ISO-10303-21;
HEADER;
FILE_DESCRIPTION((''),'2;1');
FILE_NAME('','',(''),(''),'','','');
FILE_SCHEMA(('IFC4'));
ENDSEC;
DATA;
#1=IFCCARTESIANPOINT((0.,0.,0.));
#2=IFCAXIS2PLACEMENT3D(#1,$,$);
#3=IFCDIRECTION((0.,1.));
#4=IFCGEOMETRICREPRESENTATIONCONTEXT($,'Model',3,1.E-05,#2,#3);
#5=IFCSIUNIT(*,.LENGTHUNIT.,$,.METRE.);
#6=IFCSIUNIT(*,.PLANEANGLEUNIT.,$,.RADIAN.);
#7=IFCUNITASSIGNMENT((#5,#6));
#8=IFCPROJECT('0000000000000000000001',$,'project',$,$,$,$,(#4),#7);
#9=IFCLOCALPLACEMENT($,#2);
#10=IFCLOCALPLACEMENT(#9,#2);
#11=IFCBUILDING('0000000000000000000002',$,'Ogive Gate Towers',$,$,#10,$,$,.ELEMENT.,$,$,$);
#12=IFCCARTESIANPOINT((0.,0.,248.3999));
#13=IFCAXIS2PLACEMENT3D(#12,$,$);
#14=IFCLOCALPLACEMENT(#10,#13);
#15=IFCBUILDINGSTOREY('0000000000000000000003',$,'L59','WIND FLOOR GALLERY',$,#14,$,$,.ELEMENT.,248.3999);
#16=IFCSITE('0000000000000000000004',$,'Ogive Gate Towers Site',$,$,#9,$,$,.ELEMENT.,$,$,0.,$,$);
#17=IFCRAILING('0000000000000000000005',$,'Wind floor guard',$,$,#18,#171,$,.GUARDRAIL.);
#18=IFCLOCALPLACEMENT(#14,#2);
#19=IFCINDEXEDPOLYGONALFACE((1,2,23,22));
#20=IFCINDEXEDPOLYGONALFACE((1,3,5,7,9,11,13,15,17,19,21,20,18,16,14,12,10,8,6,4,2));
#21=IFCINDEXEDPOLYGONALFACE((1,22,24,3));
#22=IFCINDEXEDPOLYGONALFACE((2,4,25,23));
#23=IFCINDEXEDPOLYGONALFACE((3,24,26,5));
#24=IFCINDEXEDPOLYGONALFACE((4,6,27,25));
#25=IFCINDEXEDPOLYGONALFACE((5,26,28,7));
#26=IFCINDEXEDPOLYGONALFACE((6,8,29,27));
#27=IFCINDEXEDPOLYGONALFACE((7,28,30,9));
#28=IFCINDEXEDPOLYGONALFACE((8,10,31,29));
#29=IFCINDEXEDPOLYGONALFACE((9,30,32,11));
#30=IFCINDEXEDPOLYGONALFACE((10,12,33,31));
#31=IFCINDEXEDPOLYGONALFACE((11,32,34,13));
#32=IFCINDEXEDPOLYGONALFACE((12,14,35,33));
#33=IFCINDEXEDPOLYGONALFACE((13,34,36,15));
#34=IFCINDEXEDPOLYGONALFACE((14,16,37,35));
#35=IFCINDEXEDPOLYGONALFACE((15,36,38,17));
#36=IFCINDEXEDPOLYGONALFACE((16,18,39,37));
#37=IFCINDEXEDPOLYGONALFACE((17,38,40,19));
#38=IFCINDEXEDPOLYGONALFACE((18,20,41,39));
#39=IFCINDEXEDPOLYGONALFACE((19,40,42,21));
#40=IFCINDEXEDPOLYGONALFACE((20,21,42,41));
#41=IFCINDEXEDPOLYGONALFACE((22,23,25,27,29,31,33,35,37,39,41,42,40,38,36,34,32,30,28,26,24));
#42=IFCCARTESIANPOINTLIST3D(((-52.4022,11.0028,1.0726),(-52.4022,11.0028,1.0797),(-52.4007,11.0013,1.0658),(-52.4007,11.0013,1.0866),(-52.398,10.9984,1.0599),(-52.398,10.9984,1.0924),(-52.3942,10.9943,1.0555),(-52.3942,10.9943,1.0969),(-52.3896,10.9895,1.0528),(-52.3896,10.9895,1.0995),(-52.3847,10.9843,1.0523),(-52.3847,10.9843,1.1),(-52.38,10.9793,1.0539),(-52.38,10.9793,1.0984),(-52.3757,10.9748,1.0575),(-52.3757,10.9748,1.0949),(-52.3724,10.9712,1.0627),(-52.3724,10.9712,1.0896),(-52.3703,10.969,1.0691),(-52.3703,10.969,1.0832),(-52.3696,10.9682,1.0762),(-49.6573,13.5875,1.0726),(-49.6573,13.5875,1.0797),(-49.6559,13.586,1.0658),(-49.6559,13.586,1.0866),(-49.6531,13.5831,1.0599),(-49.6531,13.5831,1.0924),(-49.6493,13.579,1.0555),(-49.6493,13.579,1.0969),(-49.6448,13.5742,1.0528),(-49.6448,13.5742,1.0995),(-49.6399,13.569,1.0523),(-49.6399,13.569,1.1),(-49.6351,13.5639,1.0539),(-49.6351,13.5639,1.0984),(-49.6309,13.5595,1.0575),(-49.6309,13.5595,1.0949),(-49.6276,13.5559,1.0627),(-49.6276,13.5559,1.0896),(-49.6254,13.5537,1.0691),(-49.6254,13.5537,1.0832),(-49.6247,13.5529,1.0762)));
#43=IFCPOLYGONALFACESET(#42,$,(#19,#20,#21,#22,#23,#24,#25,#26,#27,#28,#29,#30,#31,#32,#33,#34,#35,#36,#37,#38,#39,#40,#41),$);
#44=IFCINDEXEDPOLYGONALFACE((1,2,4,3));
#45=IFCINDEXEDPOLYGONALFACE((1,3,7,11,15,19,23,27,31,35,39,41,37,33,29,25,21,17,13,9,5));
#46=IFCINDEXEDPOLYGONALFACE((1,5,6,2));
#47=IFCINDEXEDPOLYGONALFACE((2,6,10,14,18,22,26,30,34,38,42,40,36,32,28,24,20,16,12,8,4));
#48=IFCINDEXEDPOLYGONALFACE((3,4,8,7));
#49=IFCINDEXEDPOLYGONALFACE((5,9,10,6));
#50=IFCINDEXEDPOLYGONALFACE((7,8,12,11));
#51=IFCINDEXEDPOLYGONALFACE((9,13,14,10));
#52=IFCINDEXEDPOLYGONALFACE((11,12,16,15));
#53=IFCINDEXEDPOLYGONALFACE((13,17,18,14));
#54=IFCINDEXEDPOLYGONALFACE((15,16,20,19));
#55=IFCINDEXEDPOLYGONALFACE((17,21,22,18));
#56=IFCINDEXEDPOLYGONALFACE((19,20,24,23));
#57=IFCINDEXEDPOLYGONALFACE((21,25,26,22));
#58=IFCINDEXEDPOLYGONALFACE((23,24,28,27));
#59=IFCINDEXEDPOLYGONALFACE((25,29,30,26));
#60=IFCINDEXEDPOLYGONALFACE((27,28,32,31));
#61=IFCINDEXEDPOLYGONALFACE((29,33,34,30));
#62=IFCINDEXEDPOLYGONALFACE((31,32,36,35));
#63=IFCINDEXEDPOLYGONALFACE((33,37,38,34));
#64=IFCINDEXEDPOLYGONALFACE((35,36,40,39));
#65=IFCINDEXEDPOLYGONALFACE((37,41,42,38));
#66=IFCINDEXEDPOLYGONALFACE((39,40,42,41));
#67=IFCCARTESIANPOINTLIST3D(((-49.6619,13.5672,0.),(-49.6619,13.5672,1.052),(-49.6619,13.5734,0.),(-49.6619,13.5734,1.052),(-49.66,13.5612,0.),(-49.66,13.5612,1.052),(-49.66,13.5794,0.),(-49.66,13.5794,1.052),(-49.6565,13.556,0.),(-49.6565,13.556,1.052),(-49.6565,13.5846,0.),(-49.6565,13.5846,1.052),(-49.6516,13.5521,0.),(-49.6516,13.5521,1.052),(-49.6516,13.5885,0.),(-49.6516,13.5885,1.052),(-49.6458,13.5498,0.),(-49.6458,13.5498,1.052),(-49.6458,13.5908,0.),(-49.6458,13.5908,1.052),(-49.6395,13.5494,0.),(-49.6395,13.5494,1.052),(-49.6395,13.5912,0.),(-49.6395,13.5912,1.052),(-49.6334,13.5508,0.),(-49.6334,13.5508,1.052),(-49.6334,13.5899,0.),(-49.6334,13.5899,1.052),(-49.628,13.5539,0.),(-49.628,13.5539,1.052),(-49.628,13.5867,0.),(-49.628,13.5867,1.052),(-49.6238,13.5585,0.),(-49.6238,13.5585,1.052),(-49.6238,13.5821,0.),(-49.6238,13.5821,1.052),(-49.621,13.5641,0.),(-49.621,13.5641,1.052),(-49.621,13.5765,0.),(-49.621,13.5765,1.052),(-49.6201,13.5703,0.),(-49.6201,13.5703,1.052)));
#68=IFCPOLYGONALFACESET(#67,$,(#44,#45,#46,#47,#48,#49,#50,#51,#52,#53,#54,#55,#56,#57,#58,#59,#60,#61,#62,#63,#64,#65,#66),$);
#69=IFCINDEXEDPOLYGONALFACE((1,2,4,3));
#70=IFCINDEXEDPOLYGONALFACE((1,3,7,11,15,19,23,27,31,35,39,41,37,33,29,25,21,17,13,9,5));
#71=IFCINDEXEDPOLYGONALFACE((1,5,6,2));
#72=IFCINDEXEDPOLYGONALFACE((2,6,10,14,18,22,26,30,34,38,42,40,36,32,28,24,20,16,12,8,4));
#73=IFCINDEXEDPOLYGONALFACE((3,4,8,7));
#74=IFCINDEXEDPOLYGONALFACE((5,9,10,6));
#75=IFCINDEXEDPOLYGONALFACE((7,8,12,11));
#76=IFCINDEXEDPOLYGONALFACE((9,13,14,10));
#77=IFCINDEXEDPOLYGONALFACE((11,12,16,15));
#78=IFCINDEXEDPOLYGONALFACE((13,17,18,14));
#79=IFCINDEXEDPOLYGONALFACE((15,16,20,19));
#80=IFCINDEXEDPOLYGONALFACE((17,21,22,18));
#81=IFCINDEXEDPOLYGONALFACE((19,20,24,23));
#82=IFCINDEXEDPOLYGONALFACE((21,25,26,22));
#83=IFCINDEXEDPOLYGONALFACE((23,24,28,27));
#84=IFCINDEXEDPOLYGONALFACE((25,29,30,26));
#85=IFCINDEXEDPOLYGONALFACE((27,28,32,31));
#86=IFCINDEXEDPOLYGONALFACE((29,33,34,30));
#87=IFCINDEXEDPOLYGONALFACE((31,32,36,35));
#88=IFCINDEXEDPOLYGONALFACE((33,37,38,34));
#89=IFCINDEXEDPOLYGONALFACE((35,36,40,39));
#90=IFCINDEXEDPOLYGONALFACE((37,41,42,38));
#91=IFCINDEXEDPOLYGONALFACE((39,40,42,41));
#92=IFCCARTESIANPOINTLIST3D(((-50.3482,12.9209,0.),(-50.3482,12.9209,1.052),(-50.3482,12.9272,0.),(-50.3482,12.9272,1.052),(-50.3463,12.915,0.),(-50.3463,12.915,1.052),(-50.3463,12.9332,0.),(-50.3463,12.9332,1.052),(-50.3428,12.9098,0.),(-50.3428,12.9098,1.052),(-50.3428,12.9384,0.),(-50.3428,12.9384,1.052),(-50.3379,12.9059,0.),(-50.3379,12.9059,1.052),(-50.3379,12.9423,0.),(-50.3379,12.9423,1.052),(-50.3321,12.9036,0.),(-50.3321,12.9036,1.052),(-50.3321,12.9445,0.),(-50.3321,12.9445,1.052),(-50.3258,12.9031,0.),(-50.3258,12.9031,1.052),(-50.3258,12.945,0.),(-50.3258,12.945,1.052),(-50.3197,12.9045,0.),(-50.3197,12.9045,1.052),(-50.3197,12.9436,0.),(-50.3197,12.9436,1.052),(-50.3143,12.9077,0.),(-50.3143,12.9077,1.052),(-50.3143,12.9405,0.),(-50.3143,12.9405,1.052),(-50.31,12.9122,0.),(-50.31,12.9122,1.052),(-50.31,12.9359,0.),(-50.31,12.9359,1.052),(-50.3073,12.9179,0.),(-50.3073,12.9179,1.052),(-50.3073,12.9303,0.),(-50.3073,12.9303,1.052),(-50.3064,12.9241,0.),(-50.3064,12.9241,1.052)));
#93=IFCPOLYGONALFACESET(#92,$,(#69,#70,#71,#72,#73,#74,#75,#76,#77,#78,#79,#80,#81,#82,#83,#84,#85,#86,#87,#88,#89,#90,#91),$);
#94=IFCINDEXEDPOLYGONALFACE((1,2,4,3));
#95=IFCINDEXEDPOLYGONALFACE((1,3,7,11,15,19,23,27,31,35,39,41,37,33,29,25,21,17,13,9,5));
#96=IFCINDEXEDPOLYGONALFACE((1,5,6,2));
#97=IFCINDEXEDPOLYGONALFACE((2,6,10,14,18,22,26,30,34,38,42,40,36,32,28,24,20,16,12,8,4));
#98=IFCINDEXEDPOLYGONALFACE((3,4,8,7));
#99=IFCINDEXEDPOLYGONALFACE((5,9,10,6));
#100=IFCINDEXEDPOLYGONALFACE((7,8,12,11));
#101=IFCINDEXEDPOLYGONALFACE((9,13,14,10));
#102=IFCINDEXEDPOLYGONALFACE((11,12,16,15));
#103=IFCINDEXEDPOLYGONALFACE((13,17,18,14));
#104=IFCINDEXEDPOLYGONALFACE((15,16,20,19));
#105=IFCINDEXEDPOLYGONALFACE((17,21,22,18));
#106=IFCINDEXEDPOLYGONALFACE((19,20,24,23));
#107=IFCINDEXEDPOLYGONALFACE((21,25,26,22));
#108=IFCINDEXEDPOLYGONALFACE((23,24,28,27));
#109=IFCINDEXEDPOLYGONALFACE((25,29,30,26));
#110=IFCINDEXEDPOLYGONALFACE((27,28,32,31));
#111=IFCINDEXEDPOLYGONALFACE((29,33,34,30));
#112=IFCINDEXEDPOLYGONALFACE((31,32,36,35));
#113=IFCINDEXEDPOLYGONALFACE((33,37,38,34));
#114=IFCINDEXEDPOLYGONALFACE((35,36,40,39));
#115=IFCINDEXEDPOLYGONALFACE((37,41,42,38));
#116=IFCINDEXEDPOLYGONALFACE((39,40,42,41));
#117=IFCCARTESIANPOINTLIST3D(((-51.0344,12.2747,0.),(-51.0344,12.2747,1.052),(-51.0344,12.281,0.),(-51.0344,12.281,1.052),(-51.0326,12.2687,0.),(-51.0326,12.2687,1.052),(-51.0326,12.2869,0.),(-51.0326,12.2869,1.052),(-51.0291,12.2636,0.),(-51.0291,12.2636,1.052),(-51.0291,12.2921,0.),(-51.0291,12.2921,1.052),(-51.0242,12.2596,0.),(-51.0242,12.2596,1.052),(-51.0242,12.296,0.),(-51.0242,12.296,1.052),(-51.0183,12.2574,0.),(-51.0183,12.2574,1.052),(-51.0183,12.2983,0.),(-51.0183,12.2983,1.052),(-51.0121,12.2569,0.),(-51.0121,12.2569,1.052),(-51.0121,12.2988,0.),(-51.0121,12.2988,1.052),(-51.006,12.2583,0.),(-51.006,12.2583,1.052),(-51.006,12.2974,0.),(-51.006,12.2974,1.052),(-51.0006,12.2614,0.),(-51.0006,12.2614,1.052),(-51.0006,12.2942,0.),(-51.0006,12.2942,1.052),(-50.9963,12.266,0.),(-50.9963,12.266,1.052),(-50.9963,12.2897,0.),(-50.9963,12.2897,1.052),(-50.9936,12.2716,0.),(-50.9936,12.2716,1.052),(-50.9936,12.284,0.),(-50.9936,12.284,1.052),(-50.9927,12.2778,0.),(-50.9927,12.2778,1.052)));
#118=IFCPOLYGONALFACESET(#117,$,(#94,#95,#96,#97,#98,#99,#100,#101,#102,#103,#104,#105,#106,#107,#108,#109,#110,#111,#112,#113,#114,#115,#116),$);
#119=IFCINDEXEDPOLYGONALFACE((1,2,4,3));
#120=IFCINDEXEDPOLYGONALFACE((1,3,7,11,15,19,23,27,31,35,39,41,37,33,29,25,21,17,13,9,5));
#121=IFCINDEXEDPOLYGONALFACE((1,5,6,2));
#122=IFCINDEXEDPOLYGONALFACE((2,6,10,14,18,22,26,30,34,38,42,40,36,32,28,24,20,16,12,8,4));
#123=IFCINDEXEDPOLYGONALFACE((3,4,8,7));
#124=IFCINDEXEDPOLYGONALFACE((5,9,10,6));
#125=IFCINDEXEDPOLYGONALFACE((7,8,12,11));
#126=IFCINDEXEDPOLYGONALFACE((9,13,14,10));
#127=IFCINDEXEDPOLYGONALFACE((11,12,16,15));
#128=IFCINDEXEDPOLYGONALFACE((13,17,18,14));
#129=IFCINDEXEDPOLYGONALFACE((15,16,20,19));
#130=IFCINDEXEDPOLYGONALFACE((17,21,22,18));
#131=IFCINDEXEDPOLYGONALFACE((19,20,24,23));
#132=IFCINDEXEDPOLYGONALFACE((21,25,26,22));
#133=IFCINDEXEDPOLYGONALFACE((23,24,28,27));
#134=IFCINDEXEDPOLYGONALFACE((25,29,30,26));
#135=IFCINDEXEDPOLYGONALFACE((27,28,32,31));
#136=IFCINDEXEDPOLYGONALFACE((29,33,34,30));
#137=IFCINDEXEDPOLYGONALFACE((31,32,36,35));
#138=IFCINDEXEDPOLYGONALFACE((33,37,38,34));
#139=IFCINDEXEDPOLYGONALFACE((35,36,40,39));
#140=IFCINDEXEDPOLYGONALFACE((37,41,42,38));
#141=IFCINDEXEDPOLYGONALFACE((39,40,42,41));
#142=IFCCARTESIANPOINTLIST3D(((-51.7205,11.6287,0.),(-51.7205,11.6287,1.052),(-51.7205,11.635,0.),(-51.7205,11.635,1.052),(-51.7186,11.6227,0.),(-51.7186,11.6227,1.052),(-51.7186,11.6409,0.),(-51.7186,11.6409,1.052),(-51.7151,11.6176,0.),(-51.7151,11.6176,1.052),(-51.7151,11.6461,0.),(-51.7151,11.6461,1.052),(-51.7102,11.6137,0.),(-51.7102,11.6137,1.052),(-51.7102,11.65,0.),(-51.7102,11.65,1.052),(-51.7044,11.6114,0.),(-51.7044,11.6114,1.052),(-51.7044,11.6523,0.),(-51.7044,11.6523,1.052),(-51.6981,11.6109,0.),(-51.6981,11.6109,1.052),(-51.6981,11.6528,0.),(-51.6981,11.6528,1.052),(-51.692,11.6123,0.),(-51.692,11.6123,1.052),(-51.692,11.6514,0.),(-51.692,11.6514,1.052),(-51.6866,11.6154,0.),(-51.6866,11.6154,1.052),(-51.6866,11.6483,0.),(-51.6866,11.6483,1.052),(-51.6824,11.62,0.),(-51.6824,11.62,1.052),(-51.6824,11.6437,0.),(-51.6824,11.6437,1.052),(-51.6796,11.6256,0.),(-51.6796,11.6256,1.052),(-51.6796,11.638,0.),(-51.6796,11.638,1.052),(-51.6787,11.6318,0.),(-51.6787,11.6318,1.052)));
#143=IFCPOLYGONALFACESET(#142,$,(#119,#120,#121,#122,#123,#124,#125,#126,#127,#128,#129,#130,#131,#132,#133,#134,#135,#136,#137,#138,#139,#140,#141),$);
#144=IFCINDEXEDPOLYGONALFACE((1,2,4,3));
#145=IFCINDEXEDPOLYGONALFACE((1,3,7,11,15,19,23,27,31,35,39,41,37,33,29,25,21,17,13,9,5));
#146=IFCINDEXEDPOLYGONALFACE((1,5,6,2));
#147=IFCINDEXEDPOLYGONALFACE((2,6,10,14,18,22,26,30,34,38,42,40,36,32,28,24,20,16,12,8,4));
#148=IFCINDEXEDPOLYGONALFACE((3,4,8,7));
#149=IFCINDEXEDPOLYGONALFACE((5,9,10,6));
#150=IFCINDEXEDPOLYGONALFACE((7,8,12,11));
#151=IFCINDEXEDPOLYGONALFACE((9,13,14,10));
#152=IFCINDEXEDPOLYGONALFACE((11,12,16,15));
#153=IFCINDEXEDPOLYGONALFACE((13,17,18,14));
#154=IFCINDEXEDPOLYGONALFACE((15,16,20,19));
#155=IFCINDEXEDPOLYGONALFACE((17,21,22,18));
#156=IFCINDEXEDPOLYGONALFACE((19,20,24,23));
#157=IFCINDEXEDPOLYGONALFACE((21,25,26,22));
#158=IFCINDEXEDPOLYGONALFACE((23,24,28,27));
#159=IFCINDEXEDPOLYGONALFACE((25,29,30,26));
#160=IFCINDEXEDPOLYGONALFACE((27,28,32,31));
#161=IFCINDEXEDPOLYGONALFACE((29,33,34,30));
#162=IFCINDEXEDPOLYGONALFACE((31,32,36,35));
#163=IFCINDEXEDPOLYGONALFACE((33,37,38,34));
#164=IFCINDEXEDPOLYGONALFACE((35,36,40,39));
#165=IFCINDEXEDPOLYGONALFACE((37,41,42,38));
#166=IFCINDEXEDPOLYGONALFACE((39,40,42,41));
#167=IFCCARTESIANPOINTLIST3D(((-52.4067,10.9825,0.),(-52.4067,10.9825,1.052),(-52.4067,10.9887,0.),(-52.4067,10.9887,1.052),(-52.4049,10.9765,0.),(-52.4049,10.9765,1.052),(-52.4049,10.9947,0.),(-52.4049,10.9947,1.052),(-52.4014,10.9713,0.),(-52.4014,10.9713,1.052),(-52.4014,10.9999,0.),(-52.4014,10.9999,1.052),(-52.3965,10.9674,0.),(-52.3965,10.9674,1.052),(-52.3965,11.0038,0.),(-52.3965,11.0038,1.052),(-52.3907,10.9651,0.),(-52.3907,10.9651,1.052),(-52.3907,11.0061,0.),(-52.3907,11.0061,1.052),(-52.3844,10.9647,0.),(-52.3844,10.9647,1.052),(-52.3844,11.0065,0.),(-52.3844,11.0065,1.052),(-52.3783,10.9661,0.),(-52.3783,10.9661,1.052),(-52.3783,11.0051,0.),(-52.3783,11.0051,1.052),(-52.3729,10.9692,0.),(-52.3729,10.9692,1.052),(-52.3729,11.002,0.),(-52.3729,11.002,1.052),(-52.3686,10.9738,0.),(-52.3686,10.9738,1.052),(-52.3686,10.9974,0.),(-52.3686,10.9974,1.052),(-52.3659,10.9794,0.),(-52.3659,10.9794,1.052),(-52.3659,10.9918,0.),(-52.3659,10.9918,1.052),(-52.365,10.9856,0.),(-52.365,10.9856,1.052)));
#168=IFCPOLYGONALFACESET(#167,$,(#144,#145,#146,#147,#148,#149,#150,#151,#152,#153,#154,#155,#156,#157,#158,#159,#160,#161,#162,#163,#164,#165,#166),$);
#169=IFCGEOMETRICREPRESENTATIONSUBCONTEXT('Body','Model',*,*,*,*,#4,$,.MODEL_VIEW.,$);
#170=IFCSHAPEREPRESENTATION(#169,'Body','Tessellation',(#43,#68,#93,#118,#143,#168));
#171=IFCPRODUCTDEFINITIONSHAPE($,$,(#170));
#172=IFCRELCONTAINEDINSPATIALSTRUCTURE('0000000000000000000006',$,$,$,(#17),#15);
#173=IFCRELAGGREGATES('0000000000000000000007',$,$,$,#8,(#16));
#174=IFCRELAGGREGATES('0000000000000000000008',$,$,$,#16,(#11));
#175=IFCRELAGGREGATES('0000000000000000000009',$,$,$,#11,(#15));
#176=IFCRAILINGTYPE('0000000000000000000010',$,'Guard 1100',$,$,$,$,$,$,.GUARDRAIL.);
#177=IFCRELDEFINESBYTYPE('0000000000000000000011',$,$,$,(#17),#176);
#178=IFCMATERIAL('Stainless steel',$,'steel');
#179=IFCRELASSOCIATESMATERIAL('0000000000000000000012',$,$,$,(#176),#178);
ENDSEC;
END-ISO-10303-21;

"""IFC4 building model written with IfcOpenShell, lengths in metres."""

from ifc_helpers import new_model, si_unit, direction, frame, origin, origin_2d, place, context, subcontext, project, spatial, circle, extrude, material, type_object, element, save


model = new_model("IFC4")

# Units and contexts
model_context = context("Model", 3, precision=1e-05, world=origin(), true_north=direction((0.0, 1.0)))
body_context = subcontext(model_context, "Body", "Model", "MODEL_VIEW")
ifc_project = project(units=[si_unit("LENGTHUNIT", "METRE"), si_unit("PLANEANGLEUNIT", "RADIAN")], contexts=[model_context])

# Site, building, storey
site_placement = place(None, origin())
site = spatial("IfcSite", under=ifc_project, at=site_placement, Name="Ogive Gate Towers Site", CompositionType="ELEMENT", RefElevation=0.0)
building_placement = place(site_placement, origin())
building = spatial("IfcBuilding", under=site, at=building_placement, Name="Ogive Gate Towers", CompositionType="ELEMENT")
storey_placement = place(building_placement, frame((0.0, 0.0, 248.3999)))
storey = spatial("IfcBuildingStorey", under=building, at=storey_placement, Name="L59", Description="WIND FLOOR GALLERY", CompositionType="ELEMENT", Elevation=248.3999)

# Railing
ifc_material_1 = material(Name="Stainless steel", Category="steel")
railing_type_1 = type_object("IfcRailingType", Name="Guard 1100", PredefinedType="GUARDRAIL", material=ifc_material_1)
railing_1_placement = place(storey_placement, frame((-49.6411, 13.5703, 0.0)))
element("IfcRailing", 1, at=railing_1_placement, inside=storey, type_object=railing_type_1, Name="Wind floor guard", PredefinedType="GUARDRAIL", context=body_context, shape_type="SweptSolid", body=[
    extrude(circle(Radius=0.0239, at=origin_2d()), frame((0.0, 0.0, 1.0762), z_axis=(-0.728027, -0.685548, 0.0), x_axis=(0.685548, -0.728027, 0.0)), (0.0, 0.0, 1.0), 3.7703),
    extrude(circle(Radius=0.021, at=origin_2d()), origin(), (0.0, 0.0, 1.0), 1.052),
    extrude(circle(Radius=0.021, at=origin_2d()), frame((-0.6863, -0.6462, 0.0)), (0.0, 0.0, 1.0), 1.052),
    extrude(circle(Radius=0.021, at=origin_2d()), frame((-1.3726, -1.2925, 0.0)), (0.0, 0.0, 1.0), 1.052),
    extrude(circle(Radius=0.021, at=origin_2d()), frame((-2.0586, -1.9385, 0.0)), (0.0, 0.0, 1.0), 1.052),
    extrude(circle(Radius=0.021, at=origin_2d()), frame((-2.7449, -2.5847, 0.0)), (0.0, 0.0, 1.0), 1.052),
])

save(model, "model.ifc")
